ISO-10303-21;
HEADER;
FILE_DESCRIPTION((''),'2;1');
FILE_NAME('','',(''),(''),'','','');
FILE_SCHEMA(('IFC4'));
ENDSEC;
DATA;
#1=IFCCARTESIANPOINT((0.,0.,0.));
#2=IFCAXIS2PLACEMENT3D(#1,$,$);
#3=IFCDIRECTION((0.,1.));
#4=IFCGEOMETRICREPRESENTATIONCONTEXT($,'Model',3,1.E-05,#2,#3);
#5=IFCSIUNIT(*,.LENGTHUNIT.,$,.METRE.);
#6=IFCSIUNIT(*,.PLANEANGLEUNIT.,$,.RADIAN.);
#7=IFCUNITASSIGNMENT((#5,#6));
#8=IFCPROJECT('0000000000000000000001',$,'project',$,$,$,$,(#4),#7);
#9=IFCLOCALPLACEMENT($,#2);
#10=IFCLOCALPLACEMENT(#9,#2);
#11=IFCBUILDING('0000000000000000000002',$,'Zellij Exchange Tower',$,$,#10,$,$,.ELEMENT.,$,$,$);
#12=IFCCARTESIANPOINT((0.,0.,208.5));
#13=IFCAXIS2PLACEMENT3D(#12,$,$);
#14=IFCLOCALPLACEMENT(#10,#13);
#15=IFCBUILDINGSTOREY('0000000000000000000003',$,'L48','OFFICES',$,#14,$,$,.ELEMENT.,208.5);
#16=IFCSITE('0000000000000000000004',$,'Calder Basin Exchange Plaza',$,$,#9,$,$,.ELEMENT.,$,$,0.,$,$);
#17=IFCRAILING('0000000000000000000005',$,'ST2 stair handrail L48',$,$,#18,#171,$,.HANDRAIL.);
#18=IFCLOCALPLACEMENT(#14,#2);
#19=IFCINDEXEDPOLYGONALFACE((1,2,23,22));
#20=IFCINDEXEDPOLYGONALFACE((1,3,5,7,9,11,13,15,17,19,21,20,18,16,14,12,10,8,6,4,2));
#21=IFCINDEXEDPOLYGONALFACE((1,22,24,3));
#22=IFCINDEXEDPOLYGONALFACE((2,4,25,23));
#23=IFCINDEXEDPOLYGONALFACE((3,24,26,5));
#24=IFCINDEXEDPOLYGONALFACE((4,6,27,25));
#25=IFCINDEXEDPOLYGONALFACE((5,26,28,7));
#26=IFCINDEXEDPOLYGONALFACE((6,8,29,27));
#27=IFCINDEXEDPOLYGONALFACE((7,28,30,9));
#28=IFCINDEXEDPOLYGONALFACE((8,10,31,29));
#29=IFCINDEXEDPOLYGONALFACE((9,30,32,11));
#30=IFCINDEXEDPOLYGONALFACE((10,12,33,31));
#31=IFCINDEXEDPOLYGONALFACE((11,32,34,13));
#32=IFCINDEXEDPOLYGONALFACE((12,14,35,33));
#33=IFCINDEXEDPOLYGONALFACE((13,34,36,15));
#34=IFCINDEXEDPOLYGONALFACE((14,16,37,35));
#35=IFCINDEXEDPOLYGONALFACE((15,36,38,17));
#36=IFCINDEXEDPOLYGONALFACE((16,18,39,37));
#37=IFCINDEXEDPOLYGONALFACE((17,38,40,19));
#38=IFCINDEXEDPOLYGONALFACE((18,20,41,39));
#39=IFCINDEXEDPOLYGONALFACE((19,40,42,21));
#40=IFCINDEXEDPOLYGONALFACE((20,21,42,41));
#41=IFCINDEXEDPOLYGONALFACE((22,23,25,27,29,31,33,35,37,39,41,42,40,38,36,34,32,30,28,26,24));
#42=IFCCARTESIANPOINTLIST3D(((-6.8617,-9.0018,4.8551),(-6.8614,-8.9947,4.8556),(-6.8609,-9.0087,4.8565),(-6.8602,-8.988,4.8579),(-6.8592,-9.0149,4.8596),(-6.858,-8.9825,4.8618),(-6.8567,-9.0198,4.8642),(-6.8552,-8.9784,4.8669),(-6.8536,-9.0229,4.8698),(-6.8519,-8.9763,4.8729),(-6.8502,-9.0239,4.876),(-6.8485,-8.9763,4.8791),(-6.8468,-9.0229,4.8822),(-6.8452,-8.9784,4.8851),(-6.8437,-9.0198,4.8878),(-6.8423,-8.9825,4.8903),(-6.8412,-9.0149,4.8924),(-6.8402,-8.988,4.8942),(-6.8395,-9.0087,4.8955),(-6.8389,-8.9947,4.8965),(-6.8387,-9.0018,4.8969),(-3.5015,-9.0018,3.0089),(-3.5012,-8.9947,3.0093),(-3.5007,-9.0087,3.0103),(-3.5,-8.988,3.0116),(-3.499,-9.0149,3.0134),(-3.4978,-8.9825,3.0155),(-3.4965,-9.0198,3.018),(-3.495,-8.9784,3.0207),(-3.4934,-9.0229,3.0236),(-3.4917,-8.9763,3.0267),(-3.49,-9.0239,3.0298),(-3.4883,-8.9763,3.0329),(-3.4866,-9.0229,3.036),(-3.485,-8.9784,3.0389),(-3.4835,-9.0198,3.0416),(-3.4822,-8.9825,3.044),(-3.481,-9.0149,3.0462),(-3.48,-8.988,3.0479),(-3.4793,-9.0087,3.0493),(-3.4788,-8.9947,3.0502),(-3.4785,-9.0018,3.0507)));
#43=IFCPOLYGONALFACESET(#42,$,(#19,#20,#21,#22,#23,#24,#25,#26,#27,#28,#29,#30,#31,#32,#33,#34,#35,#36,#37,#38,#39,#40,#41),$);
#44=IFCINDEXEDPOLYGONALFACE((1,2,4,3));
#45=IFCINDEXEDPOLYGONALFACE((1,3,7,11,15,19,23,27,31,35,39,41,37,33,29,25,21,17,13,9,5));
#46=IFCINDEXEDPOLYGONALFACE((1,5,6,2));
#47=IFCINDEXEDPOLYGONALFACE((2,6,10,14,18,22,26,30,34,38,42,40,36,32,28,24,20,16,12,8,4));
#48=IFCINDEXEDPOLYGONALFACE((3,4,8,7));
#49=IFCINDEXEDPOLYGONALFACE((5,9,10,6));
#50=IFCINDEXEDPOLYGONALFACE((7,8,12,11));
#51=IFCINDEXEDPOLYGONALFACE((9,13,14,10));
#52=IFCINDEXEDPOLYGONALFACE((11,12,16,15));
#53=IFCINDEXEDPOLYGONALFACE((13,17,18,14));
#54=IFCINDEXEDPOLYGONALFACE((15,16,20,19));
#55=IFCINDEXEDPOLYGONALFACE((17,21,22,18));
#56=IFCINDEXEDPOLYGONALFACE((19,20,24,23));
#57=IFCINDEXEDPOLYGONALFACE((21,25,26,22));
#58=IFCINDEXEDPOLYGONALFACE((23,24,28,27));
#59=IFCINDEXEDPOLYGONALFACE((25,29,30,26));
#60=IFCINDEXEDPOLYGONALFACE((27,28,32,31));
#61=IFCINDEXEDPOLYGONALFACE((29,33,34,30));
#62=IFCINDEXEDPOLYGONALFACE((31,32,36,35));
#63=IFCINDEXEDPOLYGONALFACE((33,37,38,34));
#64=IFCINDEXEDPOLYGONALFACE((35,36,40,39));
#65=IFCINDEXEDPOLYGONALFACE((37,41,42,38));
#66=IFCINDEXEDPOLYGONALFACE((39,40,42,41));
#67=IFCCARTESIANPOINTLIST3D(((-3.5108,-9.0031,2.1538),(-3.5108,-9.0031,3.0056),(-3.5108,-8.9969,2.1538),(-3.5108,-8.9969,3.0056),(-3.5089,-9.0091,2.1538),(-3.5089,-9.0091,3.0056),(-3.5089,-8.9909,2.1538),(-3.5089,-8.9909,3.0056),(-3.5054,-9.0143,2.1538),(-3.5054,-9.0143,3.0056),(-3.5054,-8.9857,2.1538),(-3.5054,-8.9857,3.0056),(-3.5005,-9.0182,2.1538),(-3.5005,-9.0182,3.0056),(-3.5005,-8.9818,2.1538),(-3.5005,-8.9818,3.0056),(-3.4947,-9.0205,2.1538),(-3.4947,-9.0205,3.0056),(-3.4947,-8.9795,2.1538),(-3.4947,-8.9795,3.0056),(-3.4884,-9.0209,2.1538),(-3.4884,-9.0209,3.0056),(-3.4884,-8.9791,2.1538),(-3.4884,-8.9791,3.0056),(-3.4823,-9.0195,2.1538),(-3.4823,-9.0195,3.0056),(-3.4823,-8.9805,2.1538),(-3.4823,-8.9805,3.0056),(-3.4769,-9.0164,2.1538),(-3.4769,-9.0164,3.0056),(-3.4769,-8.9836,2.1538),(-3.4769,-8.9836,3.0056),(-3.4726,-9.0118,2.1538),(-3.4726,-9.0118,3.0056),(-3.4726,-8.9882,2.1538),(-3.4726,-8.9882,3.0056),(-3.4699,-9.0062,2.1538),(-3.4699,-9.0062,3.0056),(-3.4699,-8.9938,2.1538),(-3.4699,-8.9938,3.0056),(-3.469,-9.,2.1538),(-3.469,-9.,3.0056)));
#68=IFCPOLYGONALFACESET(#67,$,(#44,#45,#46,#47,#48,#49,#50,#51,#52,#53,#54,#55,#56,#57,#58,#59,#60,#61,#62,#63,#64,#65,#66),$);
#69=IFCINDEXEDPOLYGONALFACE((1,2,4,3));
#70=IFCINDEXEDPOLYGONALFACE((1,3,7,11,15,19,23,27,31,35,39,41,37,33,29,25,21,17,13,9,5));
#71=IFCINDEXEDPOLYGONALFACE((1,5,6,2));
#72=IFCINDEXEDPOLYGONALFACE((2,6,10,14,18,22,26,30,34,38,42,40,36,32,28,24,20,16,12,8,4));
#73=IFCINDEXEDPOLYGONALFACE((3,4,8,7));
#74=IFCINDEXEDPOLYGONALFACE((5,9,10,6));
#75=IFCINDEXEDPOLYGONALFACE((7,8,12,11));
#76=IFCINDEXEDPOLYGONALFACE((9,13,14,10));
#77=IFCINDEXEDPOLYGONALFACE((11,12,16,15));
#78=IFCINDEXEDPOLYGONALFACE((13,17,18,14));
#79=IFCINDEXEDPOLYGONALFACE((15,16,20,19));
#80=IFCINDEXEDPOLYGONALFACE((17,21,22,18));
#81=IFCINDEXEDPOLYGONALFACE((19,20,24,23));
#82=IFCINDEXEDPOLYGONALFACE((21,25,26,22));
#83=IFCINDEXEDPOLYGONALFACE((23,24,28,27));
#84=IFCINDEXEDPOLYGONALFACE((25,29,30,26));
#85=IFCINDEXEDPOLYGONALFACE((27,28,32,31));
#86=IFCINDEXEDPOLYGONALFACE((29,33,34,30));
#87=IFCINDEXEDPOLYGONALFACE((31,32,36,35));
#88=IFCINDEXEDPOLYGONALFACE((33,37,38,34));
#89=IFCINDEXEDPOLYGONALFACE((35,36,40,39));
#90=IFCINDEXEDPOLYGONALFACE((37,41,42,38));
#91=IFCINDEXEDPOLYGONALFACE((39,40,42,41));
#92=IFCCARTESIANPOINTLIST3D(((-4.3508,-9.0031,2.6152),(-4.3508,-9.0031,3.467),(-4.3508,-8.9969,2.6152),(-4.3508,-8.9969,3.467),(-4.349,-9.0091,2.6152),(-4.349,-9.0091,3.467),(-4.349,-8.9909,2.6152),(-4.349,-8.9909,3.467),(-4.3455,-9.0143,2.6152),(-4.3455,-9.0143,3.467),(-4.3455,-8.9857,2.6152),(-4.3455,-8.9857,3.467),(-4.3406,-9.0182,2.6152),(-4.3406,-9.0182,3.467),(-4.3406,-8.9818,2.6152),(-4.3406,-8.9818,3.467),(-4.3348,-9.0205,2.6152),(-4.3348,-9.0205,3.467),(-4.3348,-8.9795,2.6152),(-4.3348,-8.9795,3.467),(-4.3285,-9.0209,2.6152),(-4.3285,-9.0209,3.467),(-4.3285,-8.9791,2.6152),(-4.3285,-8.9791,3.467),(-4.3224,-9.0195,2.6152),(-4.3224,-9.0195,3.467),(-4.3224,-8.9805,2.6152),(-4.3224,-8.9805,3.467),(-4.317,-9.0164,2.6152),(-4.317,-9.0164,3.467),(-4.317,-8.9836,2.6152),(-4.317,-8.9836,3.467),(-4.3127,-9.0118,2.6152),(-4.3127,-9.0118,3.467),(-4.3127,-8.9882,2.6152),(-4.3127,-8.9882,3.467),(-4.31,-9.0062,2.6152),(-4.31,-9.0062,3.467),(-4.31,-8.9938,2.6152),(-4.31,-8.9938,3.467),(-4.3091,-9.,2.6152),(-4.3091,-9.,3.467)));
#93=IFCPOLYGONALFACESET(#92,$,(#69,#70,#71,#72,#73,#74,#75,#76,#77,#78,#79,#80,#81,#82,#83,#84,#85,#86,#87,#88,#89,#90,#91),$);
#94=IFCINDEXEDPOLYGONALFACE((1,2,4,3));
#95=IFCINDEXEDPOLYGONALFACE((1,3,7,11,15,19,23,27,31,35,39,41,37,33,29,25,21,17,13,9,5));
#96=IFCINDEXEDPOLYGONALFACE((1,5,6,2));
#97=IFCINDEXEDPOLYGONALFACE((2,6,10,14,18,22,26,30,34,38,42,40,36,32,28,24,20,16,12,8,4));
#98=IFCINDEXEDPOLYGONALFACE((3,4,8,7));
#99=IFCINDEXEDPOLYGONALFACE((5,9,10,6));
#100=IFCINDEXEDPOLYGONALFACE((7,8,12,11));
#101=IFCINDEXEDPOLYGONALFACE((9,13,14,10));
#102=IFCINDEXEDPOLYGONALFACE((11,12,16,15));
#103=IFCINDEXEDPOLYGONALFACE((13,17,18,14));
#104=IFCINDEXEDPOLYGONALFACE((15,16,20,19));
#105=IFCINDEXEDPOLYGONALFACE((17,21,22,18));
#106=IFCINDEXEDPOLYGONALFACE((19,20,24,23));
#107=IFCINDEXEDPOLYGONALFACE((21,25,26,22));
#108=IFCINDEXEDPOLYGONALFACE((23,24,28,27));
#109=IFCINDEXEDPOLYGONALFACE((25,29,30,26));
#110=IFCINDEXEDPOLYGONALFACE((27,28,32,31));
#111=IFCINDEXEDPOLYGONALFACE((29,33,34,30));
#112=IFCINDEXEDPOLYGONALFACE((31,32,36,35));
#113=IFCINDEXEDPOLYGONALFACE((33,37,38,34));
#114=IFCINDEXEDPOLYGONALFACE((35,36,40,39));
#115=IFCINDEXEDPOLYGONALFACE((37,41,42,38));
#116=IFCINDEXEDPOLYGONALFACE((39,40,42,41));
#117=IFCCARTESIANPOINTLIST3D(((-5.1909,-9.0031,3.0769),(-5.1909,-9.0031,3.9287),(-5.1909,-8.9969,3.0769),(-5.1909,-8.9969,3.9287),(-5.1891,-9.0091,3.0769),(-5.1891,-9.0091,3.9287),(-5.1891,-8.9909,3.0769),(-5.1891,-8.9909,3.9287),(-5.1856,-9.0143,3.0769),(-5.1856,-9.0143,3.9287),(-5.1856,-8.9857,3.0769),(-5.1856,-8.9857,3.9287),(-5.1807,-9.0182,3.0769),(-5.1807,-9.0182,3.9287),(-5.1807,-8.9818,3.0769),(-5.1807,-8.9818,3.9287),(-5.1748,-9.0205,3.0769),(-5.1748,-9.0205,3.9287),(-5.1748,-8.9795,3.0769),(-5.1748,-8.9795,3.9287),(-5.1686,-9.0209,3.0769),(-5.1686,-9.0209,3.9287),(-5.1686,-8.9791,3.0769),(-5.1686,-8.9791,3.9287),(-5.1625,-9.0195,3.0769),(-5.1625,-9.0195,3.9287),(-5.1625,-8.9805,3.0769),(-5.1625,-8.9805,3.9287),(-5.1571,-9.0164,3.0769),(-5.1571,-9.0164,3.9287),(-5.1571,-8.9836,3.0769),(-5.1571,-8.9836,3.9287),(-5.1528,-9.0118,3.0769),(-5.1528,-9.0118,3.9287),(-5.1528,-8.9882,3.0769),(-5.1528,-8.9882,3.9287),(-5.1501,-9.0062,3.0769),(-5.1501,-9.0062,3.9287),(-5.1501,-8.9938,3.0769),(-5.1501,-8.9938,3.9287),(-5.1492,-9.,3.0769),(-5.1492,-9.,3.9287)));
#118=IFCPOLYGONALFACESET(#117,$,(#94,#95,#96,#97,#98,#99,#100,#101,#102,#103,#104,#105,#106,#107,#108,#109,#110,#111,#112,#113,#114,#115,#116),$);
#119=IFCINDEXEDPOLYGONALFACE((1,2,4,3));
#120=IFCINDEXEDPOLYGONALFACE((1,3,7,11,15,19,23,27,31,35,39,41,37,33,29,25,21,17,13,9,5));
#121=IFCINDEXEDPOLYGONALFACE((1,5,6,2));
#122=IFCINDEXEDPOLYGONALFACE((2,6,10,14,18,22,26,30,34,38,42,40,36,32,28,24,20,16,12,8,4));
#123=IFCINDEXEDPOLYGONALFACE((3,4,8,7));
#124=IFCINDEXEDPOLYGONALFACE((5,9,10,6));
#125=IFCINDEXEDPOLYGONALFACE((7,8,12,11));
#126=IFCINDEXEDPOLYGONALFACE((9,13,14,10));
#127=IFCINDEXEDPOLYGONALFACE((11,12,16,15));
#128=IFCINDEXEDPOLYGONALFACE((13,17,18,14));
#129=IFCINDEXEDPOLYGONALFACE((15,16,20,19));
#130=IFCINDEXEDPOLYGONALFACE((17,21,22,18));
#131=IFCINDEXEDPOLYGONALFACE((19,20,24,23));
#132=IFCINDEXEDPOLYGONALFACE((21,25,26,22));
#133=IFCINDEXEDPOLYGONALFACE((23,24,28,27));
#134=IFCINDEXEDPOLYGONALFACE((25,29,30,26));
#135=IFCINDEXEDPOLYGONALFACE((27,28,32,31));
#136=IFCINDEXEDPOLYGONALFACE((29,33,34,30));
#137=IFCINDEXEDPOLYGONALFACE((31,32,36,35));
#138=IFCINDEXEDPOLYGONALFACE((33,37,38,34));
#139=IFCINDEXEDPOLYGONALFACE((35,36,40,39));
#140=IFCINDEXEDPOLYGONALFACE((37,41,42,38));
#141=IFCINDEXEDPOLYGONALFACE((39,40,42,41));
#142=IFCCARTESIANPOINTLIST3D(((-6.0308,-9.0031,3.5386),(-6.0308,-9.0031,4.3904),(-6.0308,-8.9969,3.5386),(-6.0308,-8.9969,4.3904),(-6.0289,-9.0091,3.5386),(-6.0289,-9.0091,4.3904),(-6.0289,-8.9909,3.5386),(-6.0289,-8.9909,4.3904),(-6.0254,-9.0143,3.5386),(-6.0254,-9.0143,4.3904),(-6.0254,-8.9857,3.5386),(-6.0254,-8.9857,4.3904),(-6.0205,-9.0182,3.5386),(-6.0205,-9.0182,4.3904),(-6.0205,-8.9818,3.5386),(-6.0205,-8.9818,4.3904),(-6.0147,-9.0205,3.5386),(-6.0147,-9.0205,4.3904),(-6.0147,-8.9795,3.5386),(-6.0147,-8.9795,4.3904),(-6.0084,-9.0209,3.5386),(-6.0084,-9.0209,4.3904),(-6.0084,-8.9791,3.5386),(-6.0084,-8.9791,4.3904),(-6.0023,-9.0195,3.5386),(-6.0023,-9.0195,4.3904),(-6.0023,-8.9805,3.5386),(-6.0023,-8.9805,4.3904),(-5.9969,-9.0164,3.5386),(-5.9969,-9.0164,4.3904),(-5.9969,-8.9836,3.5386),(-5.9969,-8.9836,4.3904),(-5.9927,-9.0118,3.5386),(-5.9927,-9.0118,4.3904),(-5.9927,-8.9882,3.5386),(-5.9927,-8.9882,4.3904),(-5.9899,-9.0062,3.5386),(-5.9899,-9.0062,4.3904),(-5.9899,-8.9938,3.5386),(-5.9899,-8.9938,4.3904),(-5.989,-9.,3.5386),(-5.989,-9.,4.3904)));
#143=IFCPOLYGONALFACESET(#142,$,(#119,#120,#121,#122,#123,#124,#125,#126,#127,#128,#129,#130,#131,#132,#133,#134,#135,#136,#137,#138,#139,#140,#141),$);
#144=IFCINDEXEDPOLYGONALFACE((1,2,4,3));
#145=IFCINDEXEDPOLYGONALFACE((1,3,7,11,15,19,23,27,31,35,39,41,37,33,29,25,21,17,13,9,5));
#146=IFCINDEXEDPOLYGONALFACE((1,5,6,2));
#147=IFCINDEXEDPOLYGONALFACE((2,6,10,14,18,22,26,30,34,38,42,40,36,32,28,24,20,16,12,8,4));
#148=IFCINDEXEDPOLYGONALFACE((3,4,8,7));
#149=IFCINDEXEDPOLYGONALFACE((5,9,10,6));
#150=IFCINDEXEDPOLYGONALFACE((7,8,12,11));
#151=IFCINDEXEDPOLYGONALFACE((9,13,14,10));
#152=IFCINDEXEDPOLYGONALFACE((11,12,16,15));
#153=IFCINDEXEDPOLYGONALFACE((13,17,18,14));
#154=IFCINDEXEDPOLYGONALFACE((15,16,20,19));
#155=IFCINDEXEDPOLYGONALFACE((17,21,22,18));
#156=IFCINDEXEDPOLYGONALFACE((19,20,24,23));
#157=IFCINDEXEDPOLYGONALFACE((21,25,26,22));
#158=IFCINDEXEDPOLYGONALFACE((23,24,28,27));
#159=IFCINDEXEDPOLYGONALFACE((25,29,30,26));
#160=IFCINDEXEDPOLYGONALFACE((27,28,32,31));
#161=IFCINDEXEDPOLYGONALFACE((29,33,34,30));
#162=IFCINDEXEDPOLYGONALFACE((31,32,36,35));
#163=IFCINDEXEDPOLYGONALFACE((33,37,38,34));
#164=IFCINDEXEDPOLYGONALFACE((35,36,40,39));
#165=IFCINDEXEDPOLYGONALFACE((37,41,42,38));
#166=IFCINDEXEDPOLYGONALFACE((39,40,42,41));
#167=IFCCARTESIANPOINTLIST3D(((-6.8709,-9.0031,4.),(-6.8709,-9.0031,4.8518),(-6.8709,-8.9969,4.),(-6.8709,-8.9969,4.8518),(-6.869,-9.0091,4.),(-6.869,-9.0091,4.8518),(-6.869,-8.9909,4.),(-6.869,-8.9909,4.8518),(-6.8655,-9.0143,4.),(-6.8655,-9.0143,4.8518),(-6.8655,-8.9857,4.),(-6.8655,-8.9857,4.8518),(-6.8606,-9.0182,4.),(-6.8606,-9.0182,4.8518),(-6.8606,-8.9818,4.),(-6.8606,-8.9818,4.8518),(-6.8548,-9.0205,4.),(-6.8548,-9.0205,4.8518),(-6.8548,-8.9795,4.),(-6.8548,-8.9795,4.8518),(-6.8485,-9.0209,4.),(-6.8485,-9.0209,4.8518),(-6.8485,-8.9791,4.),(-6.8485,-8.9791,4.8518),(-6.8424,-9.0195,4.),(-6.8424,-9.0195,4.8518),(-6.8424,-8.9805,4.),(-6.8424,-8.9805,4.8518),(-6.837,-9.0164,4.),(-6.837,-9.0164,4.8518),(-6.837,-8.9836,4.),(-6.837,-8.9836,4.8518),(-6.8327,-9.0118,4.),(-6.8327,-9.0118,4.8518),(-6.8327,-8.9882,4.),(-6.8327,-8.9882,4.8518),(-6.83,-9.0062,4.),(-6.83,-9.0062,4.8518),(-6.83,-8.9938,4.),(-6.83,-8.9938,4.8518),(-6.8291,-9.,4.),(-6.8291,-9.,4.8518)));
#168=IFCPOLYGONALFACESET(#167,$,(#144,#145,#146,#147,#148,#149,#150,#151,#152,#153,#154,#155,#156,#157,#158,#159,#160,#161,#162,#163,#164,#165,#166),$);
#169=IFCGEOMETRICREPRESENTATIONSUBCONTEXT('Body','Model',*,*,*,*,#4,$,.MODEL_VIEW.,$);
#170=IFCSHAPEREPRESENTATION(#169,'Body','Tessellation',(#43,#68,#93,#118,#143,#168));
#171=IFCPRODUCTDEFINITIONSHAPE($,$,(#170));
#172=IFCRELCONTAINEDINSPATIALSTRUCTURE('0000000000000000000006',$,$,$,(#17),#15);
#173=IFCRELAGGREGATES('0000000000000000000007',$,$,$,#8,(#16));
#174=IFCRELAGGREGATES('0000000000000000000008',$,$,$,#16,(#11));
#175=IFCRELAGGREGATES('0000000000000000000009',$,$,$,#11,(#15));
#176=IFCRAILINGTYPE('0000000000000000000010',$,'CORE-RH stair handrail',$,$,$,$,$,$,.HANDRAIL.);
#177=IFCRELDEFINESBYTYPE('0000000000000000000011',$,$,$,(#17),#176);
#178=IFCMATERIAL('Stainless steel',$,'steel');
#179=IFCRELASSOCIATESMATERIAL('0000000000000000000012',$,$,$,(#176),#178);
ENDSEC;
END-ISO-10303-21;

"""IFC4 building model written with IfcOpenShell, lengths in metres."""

from ifc_helpers import new_model, si_unit, direction, frame, origin, origin_2d, place, context, subcontext, project, spatial, circle, extrude, material, type_object, element, save


model = new_model("IFC4")

# Units and contexts
model_context = context("Model", 3, precision=1e-05, world=origin(), true_north=direction((0.0, 1.0)))
body_context = subcontext(model_context, "Body", "Model", "MODEL_VIEW")
ifc_project = project(units=[si_unit("LENGTHUNIT", "METRE"), si_unit("PLANEANGLEUNIT", "RADIAN")], contexts=[model_context])

# Site, building, storey
site_placement = place(None, origin())
site = spatial("IfcSite", under=ifc_project, at=site_placement, Name="Calder Basin Exchange Plaza", CompositionType="ELEMENT", RefElevation=0.0)
building_placement = place(site_placement, origin())
building = spatial("IfcBuilding", under=site, at=building_placement, Name="Zellij Exchange Tower", CompositionType="ELEMENT")
storey_placement = place(building_placement, frame((0.0, 0.0, 208.5)))
storey = spatial("IfcBuildingStorey", under=building, at=storey_placement, Name="L48", Description="OFFICES", CompositionType="ELEMENT", Elevation=208.5)

# Railing
ifc_material_1 = material(Name="Stainless steel", Category="steel")
railing_type_1 = type_object("IfcRailingType", Name="CORE-RH stair handrail", PredefinedType="HANDRAIL", material=ifc_material_1)
railing_1_placement = place(storey_placement, frame((-3.49, -9.0, 2.1538)))
element("IfcRailing", 1, at=railing_1_placement, inside=storey, type_object=railing_type_1, Name="ST2 stair handrail L48", PredefinedType="HANDRAIL", context=body_context, shape_type="SweptSolid", body=[
    extrude(circle(Radius=0.0239, at=origin_2d()), frame((0.0, 0.0, 0.876), z_axis=(-0.876422, 0.0, 0.481545), x_axis=(0.0, -1.0, 0.0)), (0.0, 0.0, 1.0), 3.834),
    extrude(circle(Radius=0.021, at=origin_2d()), origin(), (0.0, 0.0, 1.0), 0.8518),
    extrude(circle(Radius=0.021, at=origin_2d()), frame((-0.8401, 0.0, 0.4614)), (0.0, 0.0, 1.0), 0.8518),
    extrude(circle(Radius=0.021, at=origin_2d()), frame((-1.6802, 0.0, 0.9231)), (0.0, 0.0, 1.0), 0.8518),
    extrude(circle(Radius=0.021, at=origin_2d()), frame((-2.52, 0.0, 1.3848)), (0.0, 0.0, 1.0), 0.8518),
    extrude(circle(Radius=0.021, at=origin_2d()), frame((-3.3601, 0.0, 1.8462)), (0.0, 0.0, 1.0), 0.8518),
])

save(model, "model.ifc")
